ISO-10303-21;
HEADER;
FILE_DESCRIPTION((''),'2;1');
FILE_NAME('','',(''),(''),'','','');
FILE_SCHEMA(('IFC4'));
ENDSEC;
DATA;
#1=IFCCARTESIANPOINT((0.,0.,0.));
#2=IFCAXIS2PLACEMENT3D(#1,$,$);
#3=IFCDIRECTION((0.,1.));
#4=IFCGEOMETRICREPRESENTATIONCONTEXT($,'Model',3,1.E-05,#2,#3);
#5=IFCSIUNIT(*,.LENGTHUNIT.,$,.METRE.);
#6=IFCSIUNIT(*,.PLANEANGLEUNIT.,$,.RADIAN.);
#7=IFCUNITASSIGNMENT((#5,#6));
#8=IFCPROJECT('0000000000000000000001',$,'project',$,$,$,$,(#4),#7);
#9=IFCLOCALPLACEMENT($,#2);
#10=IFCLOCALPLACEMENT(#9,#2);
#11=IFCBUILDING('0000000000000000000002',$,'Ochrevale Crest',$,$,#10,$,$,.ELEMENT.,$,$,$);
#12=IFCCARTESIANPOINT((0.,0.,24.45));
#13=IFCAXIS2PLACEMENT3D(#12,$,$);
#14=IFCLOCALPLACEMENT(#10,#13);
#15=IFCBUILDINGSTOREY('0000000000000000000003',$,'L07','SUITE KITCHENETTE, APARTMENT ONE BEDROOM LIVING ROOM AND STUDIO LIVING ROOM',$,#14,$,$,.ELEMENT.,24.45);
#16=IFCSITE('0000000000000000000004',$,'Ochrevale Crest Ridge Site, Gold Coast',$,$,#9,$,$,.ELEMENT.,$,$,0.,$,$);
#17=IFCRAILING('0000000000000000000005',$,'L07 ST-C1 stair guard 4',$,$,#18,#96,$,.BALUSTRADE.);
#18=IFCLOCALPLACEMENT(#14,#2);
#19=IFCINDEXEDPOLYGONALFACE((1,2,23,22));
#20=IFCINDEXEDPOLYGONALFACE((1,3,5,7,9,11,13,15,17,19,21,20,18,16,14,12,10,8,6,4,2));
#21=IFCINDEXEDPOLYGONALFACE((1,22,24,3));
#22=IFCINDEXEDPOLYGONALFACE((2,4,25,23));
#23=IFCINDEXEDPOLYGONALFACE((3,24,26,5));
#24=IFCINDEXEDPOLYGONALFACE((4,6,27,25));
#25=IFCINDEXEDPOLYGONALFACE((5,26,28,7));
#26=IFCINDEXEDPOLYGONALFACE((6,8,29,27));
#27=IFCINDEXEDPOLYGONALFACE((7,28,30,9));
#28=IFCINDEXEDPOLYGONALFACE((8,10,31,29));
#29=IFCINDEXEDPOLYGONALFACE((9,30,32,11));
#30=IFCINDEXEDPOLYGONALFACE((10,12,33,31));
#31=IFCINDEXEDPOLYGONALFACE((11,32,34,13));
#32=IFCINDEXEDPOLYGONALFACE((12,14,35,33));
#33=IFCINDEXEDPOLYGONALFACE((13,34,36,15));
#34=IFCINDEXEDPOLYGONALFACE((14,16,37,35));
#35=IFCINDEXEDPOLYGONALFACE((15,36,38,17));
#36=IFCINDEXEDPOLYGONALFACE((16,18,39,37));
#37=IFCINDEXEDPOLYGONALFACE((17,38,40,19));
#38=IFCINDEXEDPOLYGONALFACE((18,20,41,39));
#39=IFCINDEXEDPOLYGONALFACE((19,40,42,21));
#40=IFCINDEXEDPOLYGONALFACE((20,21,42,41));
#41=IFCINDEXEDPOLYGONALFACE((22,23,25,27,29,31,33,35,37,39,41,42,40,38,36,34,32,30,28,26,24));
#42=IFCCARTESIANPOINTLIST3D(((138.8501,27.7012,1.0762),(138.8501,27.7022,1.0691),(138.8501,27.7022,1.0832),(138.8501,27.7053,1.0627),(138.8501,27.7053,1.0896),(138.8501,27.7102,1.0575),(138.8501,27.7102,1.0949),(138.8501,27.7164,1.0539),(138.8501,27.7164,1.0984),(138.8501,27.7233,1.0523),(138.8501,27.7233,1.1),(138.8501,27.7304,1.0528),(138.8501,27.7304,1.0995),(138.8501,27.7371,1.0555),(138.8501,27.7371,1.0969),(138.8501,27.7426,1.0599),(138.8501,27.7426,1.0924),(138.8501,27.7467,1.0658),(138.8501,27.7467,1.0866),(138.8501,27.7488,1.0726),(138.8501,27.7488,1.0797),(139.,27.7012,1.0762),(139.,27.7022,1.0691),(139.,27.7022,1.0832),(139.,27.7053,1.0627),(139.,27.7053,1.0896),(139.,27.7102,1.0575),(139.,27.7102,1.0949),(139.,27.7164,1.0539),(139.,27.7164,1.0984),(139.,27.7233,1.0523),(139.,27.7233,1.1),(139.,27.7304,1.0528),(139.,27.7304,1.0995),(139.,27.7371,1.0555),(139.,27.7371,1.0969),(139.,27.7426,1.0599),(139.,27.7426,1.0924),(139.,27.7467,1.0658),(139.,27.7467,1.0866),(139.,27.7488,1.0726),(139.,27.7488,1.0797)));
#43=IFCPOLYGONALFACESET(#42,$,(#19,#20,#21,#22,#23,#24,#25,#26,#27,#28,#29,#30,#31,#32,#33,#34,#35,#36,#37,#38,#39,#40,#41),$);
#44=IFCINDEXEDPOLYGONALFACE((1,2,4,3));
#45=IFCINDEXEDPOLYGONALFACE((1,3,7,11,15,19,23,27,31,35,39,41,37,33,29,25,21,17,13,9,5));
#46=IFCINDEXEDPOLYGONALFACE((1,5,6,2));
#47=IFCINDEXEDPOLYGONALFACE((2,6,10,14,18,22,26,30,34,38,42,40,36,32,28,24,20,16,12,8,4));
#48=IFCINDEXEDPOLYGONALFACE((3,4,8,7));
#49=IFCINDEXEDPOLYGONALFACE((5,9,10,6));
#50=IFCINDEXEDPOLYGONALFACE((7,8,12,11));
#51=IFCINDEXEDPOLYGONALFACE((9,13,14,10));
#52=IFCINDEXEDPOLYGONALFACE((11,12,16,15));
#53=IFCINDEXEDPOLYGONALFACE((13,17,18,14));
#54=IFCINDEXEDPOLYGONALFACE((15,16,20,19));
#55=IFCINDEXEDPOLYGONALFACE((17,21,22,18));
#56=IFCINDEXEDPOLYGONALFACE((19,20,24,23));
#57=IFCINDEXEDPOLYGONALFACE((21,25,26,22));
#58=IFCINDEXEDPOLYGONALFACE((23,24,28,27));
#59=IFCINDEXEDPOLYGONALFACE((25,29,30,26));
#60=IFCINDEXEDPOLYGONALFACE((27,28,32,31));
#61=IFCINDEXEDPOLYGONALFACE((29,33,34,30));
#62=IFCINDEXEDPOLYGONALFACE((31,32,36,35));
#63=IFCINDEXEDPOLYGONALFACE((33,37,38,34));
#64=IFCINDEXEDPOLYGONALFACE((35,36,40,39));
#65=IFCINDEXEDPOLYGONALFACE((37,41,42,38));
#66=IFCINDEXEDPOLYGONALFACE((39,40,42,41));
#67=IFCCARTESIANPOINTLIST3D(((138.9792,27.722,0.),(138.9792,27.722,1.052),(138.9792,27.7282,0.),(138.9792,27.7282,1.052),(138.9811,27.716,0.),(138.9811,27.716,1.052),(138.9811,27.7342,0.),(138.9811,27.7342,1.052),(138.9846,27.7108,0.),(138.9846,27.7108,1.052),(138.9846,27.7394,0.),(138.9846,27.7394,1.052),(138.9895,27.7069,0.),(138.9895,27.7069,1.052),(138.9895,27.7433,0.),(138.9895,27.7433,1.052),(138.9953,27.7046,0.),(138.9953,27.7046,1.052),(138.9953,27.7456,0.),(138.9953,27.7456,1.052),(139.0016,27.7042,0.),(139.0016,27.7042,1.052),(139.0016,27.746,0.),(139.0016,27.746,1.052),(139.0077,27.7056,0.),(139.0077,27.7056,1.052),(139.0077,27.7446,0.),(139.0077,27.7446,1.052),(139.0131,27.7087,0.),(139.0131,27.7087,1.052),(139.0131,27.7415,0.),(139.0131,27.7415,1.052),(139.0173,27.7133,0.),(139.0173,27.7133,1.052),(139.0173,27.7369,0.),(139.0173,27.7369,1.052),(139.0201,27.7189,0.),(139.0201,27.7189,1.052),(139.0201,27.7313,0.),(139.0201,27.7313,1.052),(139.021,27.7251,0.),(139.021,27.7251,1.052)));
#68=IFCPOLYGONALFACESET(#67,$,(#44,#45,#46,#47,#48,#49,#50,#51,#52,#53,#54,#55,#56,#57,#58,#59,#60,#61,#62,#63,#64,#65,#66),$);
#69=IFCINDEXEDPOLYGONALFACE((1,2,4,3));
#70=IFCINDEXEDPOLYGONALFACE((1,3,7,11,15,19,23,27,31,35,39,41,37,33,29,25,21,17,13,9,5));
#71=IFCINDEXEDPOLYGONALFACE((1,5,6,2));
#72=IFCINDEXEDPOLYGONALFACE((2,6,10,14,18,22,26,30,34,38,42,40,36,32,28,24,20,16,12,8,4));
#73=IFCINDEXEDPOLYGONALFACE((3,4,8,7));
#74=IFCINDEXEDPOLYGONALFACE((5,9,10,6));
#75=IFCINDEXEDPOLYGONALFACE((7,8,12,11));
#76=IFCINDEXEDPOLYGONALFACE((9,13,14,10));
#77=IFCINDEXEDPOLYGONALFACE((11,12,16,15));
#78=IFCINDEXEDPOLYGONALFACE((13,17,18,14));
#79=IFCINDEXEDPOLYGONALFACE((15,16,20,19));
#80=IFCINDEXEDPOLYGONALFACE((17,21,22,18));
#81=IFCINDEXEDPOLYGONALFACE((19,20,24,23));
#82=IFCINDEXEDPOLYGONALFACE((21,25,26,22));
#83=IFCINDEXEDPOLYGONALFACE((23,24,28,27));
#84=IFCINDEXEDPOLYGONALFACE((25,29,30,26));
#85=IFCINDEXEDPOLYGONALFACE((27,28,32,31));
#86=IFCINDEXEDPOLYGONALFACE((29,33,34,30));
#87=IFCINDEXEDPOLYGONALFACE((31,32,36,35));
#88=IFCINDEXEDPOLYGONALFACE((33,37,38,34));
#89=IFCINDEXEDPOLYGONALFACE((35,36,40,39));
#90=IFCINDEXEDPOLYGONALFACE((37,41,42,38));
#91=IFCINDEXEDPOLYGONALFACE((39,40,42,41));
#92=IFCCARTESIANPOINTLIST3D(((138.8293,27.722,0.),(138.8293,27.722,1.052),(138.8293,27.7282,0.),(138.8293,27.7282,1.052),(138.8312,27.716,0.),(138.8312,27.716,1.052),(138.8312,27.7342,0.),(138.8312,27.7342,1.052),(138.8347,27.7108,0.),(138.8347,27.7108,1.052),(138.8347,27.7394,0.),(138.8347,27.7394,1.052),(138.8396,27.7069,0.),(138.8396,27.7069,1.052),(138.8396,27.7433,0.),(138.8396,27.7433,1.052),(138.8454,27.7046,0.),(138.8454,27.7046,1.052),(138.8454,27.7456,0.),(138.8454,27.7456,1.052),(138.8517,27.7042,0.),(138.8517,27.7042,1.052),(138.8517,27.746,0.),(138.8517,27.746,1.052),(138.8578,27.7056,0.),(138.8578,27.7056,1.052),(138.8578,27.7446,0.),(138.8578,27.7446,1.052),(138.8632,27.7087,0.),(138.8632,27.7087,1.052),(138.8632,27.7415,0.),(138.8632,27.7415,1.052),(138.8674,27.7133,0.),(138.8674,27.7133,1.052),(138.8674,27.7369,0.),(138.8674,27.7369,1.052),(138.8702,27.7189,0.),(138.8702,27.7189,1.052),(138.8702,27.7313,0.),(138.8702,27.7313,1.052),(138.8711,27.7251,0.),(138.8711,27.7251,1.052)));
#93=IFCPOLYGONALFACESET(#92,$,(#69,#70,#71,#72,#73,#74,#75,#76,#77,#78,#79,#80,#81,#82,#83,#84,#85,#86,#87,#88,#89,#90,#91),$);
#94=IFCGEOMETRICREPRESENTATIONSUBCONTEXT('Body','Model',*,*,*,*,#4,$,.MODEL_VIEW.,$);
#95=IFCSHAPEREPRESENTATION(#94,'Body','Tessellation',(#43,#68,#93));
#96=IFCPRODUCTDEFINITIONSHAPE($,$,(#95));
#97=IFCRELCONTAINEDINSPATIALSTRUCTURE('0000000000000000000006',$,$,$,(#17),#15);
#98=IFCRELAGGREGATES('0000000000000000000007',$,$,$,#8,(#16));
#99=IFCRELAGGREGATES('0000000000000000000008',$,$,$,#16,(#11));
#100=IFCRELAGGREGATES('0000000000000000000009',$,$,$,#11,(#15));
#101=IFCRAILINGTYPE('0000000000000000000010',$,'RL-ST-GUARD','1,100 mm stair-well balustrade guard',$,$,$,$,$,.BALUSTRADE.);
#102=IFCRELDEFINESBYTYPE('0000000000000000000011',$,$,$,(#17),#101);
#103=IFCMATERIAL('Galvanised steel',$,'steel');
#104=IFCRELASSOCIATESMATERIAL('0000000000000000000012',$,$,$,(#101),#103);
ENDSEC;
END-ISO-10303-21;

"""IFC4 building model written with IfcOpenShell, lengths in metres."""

from ifc_helpers import new_model, si_unit, direction, frame, origin, origin_2d, place, context, subcontext, project, spatial, circle, extrude, material, type_object, element, save


model = new_model("IFC4")

# Units and contexts
model_context = context("Model", 3, precision=1e-05, world=origin(), true_north=direction((0.0, 1.0)))
body_context = subcontext(model_context, "Body", "Model", "MODEL_VIEW")
ifc_project = project(units=[si_unit("LENGTHUNIT", "METRE"), si_unit("PLANEANGLEUNIT", "RADIAN")], contexts=[model_context])

# Site, building, storey
site_placement = place(None, origin())
site = spatial("IfcSite", under=ifc_project, at=site_placement, Name="Ochrevale Crest Ridge Site, Gold Coast", CompositionType="ELEMENT", RefElevation=0.0)
building_placement = place(site_placement, origin())
building = spatial("IfcBuilding", under=site, at=building_placement, Name="Ochrevale Crest", CompositionType="ELEMENT")
storey_placement = place(building_placement, frame((0.0, 0.0, 24.45)))
storey = spatial("IfcBuildingStorey", under=building, at=storey_placement, Name="L07", Description="SUITE KITCHENETTE, APARTMENT ONE BEDROOM LIVING ROOM AND STUDIO LIVING ROOM", CompositionType="ELEMENT", Elevation=24.45)

# Railing
ifc_material_1 = material(Name="Galvanised steel", Category="steel")
railing_type_1 = type_object("IfcRailingType", Name="RL-ST-GUARD", Description="1,100 mm stair-well balustrade guard", PredefinedType="BALUSTRADE", material=ifc_material_1)
railing_1_placement = place(storey_placement, frame((139.0, 27.7251, 0.0)))
element("IfcRailing", 1, at=railing_1_placement, inside=storey, type_object=railing_type_1, Name="L07 ST-C1 stair guard 4", PredefinedType="BALUSTRADE", context=body_context, shape_type="SweptSolid", body=[
    extrude(circle(Radius=0.0239, at=origin_2d()), frame((0.0, 0.0, 1.0762), z_axis=(-1.0, 0.0, 0.0), x_axis=(0.0, -1.0, 0.0)), (0.0, 0.0, 1.0), 0.1499),
    extrude(circle(Radius=0.021, at=origin_2d()), origin(), (0.0, 0.0, 1.0), 1.052),
    extrude(circle(Radius=0.021, at=origin_2d()), frame((-0.1499, 0.0, 0.0)), (0.0, 0.0, 1.0), 1.052),
])

save(model, "model.ifc")
